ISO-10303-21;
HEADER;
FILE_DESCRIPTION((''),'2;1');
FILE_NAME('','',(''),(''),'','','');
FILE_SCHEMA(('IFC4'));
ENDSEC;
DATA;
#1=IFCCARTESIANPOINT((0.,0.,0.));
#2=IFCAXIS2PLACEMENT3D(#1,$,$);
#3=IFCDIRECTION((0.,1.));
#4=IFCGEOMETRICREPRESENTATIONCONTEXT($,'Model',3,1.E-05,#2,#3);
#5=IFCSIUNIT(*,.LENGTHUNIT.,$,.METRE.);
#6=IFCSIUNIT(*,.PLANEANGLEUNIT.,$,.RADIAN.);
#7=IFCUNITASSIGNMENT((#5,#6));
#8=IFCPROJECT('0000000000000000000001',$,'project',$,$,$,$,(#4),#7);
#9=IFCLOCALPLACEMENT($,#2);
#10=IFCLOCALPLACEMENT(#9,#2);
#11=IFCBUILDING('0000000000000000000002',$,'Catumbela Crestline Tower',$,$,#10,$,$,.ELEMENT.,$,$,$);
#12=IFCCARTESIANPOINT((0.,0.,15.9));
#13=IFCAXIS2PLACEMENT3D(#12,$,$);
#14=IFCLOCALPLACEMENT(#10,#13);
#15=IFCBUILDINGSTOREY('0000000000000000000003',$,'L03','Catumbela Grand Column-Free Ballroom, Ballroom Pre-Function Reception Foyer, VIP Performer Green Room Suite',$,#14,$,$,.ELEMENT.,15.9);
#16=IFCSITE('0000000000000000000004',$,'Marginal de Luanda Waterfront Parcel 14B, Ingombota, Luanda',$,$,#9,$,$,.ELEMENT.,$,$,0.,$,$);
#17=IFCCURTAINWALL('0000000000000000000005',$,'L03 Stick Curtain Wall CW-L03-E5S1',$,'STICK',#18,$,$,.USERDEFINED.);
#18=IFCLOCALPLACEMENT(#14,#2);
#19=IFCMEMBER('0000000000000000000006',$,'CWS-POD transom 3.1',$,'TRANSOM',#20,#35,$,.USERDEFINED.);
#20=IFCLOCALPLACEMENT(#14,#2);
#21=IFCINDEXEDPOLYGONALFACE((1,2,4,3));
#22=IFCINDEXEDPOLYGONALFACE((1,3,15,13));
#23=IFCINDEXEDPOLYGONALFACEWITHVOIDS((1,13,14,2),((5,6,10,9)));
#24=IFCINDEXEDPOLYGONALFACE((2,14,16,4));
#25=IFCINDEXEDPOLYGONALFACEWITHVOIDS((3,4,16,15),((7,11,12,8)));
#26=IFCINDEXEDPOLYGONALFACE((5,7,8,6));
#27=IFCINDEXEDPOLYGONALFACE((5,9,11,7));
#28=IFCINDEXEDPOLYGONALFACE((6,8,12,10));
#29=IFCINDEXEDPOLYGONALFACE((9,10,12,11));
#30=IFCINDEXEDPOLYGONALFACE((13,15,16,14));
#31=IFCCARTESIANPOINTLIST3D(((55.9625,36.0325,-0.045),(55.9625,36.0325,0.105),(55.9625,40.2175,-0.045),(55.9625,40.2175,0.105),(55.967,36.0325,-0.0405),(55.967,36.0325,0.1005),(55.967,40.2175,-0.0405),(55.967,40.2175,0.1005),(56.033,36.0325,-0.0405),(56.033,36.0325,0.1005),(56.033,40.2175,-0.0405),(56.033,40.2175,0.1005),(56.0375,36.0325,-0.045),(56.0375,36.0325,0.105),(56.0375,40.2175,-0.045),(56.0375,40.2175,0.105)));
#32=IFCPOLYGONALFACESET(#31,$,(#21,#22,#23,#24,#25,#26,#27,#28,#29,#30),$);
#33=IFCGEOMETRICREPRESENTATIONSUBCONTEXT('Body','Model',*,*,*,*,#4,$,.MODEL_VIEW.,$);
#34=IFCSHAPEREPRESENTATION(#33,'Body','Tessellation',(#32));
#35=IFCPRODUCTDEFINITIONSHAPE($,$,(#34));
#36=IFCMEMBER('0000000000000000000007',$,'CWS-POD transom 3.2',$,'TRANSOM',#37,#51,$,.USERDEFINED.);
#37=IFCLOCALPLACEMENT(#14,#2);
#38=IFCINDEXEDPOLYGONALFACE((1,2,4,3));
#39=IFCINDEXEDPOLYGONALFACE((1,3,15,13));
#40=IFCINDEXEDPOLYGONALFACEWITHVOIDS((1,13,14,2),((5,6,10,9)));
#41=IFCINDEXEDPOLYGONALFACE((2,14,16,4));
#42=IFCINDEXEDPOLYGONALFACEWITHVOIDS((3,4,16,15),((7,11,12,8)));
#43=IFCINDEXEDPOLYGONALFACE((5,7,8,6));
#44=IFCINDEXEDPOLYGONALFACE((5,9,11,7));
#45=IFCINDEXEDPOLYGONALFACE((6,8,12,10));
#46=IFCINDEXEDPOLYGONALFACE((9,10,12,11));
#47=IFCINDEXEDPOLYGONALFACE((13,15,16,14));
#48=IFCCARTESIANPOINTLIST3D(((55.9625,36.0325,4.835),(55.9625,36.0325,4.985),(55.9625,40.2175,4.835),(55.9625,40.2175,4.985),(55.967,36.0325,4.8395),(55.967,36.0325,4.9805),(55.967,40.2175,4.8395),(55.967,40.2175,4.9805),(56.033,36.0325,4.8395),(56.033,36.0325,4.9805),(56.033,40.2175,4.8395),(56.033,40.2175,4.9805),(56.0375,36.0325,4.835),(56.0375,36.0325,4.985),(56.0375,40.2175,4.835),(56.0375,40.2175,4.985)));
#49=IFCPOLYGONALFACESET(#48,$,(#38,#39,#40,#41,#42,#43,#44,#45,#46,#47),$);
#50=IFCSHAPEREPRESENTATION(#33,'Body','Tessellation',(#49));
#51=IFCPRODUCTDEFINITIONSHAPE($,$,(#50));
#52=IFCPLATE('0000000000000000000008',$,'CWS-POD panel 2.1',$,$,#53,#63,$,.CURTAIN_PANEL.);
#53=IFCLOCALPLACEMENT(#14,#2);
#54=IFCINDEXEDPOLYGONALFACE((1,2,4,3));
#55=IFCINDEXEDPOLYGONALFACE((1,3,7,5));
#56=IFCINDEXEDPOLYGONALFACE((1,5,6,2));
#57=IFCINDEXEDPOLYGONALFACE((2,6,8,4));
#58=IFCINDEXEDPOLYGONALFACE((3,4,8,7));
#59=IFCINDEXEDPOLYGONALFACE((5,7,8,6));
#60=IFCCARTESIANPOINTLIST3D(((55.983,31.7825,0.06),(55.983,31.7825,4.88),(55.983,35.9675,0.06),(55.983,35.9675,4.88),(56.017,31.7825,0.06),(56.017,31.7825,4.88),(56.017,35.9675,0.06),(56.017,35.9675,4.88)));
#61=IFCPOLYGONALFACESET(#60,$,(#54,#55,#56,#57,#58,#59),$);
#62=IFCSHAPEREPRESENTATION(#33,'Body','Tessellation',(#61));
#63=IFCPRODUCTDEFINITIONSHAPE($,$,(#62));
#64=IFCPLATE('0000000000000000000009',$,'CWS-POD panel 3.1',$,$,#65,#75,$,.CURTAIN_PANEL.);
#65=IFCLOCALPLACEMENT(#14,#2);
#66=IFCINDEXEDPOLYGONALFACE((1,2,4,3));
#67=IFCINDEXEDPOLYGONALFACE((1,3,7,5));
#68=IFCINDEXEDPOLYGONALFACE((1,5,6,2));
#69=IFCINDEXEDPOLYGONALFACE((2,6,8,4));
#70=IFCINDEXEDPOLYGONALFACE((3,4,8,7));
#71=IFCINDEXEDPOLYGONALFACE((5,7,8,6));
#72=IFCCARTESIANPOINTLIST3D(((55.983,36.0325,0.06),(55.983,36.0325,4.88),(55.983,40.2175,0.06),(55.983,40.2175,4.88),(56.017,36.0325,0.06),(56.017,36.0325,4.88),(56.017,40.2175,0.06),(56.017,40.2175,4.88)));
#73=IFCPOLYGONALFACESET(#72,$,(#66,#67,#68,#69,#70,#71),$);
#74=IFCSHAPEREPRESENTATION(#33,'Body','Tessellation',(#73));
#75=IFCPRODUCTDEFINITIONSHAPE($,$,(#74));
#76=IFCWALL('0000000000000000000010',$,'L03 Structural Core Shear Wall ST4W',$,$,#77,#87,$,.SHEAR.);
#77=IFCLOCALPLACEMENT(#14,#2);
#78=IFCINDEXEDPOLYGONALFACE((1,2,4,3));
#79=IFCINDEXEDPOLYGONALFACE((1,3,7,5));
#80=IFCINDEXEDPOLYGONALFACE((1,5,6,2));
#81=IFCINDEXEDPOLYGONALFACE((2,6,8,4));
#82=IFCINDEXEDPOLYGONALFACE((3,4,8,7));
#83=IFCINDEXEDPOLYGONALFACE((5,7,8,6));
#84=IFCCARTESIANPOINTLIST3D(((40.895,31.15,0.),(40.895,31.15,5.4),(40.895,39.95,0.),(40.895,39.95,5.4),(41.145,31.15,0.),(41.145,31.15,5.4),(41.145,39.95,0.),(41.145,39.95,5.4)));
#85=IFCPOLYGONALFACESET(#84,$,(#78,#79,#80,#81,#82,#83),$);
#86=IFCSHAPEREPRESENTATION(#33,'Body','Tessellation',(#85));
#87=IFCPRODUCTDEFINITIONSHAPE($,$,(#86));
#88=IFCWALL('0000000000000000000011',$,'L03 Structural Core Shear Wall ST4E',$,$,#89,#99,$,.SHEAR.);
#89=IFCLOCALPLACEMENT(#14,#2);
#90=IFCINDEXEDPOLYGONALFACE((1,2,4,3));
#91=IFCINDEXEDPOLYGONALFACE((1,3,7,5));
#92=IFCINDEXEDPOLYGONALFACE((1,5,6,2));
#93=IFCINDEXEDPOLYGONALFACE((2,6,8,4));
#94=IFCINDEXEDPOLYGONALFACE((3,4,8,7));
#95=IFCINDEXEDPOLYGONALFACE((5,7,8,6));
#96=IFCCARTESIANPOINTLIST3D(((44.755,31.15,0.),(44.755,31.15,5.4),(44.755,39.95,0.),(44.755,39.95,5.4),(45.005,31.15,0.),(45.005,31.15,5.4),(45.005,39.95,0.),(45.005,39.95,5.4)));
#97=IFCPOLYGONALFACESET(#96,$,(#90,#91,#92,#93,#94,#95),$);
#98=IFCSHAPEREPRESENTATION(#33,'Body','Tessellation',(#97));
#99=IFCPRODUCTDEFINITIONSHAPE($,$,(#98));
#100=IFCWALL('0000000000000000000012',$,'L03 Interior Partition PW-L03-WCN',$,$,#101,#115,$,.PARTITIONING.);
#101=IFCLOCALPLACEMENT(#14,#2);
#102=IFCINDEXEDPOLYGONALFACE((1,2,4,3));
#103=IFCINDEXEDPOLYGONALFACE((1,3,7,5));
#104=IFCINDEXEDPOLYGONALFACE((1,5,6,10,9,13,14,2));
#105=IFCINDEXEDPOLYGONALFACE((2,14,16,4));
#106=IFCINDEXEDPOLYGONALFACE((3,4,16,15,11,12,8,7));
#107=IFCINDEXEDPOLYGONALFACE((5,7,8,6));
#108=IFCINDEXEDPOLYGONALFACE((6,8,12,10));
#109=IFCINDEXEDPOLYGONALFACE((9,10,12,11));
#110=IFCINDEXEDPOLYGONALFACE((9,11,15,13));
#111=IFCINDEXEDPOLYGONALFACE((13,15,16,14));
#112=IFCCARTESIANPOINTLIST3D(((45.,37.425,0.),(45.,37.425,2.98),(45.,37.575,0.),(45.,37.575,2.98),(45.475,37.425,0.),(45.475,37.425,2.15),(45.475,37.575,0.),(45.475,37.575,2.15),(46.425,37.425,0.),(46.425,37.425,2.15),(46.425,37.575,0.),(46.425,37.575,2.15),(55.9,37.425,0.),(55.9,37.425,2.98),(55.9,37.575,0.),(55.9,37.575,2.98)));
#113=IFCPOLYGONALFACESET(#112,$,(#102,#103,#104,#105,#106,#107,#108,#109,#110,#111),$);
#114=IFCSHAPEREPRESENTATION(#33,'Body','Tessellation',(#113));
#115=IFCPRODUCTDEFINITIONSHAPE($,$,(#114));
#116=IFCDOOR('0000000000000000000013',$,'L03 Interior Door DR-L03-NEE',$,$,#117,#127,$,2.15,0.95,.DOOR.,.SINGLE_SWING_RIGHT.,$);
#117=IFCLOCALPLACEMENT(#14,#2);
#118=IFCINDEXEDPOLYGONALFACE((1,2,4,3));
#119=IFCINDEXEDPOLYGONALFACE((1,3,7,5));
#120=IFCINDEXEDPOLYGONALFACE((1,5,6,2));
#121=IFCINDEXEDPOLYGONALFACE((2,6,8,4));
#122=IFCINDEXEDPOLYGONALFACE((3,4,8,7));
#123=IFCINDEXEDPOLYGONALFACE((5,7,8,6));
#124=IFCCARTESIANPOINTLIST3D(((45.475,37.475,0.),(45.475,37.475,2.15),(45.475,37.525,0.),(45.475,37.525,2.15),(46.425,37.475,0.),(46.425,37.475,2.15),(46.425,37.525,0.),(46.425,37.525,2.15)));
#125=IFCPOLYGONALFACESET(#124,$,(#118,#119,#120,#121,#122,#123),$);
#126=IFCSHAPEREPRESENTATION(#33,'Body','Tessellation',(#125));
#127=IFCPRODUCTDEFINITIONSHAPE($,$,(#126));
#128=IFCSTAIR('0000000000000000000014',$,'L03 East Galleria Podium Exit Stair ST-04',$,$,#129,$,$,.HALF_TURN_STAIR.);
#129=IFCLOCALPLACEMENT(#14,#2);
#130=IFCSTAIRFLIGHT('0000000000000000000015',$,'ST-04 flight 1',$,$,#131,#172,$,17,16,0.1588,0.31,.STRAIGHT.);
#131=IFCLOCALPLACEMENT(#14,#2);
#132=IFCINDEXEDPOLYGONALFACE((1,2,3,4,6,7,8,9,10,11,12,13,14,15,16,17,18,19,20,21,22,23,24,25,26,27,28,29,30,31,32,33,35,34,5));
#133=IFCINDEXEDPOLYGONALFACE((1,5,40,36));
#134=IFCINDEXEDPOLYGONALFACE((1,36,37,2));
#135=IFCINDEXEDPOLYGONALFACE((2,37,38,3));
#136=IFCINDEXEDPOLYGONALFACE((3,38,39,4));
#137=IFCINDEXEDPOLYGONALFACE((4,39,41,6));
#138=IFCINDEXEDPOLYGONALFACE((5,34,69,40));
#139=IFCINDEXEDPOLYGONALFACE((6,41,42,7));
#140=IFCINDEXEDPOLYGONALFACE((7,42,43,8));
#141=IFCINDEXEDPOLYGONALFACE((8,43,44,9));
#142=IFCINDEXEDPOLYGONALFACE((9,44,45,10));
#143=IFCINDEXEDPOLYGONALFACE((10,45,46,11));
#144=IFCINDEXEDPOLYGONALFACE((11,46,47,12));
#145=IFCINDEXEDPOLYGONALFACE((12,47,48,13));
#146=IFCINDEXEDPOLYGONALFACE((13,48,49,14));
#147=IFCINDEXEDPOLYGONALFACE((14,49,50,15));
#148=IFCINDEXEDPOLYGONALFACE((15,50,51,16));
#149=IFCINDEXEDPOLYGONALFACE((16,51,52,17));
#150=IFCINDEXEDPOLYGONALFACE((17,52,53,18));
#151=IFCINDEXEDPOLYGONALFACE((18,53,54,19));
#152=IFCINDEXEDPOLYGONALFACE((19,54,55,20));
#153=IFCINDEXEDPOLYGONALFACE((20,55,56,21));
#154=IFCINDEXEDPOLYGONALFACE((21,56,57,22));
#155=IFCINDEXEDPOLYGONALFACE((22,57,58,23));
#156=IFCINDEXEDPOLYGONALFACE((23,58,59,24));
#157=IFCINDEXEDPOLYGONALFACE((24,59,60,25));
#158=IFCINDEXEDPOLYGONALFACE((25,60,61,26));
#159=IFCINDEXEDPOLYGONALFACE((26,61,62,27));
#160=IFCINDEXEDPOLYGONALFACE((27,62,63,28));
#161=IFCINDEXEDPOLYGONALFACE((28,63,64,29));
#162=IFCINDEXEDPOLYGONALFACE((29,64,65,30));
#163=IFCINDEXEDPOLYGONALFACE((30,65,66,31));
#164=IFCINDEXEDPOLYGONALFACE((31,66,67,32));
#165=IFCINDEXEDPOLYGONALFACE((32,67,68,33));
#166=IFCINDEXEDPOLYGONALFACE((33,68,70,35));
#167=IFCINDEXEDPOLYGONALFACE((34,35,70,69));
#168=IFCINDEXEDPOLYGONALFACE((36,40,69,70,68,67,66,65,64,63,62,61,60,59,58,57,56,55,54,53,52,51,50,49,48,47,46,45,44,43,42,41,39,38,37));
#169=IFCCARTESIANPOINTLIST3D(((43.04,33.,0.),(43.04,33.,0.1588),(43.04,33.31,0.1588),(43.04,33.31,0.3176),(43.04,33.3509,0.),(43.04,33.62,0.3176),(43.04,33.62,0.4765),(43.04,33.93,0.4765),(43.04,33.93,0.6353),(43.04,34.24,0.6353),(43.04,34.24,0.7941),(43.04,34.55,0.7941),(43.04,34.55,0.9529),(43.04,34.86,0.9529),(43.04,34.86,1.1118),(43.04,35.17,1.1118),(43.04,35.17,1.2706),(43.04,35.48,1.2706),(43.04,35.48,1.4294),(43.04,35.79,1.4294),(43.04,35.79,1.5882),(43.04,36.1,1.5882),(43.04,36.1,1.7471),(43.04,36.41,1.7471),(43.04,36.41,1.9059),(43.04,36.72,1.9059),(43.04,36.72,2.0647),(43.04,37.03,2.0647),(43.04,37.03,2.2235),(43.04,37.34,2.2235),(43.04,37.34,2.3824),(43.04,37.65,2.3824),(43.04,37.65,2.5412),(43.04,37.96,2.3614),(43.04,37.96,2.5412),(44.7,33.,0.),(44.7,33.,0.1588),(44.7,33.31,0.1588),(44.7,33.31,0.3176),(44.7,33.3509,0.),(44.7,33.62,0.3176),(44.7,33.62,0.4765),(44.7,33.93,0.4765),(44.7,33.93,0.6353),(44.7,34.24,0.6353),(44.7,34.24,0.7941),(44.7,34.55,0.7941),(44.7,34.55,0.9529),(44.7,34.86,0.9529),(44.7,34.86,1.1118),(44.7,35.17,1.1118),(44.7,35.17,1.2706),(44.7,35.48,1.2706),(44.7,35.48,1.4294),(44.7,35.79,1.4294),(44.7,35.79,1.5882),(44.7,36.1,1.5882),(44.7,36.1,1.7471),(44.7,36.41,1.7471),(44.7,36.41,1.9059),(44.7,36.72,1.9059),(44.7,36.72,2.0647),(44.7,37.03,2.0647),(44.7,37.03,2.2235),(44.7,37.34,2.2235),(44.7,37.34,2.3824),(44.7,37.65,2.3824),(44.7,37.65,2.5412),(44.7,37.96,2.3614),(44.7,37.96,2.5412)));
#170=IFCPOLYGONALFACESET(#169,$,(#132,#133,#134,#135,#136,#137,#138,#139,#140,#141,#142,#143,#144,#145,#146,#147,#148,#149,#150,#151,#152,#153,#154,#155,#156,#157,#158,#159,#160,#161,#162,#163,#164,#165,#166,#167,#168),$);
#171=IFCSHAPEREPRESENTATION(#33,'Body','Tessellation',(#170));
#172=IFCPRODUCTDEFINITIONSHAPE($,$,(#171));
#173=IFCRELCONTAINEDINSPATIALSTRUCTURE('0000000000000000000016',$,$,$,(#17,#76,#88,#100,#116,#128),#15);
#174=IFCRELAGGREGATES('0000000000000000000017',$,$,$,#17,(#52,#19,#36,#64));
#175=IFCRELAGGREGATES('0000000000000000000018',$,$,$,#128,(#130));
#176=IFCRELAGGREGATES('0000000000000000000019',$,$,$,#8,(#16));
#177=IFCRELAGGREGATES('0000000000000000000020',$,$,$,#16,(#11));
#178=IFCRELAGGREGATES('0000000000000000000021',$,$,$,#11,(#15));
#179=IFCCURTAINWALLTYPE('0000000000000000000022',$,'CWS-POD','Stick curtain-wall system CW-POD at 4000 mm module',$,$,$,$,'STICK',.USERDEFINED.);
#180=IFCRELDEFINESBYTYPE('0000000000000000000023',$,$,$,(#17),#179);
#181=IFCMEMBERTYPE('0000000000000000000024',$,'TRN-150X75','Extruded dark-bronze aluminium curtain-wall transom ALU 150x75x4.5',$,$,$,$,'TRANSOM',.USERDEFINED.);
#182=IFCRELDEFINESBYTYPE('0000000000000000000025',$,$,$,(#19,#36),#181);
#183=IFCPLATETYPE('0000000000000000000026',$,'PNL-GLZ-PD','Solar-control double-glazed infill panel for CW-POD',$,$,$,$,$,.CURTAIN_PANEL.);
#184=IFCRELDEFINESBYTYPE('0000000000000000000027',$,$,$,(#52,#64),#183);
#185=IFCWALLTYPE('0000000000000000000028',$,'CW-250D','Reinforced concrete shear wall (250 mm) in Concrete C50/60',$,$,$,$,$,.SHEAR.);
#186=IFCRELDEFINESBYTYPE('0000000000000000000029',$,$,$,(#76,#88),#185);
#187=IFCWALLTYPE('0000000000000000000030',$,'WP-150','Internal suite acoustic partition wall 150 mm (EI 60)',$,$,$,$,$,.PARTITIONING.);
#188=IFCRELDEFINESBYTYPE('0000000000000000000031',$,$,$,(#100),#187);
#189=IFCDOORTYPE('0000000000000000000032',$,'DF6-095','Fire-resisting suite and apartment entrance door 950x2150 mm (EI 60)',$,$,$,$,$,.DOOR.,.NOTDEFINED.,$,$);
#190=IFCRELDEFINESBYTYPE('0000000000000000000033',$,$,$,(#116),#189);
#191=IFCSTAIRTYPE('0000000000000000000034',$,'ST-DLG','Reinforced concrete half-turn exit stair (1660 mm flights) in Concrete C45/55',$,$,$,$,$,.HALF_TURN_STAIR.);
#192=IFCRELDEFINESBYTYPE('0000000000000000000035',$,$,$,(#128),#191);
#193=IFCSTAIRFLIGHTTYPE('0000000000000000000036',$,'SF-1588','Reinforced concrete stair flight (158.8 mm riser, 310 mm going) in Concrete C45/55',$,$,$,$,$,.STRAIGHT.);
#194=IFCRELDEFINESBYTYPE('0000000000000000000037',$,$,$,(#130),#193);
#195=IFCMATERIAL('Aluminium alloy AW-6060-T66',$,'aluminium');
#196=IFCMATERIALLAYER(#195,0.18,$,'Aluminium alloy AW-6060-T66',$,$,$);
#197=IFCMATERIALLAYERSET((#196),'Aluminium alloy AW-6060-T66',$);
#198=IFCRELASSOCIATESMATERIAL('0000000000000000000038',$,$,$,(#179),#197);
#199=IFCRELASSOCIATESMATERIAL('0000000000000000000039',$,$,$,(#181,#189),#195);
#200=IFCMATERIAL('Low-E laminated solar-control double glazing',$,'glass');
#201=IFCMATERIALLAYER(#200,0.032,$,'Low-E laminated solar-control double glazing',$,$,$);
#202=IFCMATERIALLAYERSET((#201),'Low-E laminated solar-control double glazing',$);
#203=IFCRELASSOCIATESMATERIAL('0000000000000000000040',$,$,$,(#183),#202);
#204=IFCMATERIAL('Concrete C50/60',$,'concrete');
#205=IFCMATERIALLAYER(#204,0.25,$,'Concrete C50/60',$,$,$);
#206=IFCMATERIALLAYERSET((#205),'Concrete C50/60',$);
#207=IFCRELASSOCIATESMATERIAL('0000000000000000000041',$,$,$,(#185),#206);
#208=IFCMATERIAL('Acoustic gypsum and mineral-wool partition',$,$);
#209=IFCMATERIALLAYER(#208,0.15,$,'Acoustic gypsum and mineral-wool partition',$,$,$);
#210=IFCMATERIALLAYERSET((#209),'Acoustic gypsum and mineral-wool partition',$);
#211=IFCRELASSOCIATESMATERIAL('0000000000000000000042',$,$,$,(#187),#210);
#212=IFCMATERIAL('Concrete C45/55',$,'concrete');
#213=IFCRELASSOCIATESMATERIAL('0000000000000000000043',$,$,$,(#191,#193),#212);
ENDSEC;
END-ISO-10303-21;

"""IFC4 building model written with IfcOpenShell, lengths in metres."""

from ifc_helpers import new_model, si_unit, direction, frame, frame_2d, origin, origin_2d, place, context, subcontext, project, spatial, polyline, rectangle, hollow_rectangle, outline, extrude, material, layer, layer_set, material_profile, profile_set, type_object, element, fill, aggregate, save


model = new_model("IFC4")

# Units and contexts
model_context = context("Model", 3, precision=1e-05, world=origin(), true_north=direction((0.0, 1.0)))
body_context = subcontext(model_context, "Body", "Model", "MODEL_VIEW")
ifc_project = project(units=[si_unit("LENGTHUNIT", "METRE"), si_unit("PLANEANGLEUNIT", "RADIAN")], contexts=[model_context])

# Site, building, storey
site_placement = place(None, origin())
site = spatial("IfcSite", under=ifc_project, at=site_placement, Name="Marginal de Luanda Waterfront Parcel 14B, Ingombota, Luanda", CompositionType="ELEMENT", RefElevation=0.0)
building_placement = place(site_placement, origin())
building = spatial("IfcBuilding", under=site, at=building_placement, Name="Catumbela Crestline Tower", CompositionType="ELEMENT")
storey_placement = place(building_placement, frame((0.0, 0.0, 15.9)))
storey = spatial("IfcBuildingStorey", under=building, at=storey_placement, Name="L03", Description="Catumbela Grand Column-Free Ballroom, Ballroom Pre-Function Reception Foyer, VIP Performer Green Room Suite", CompositionType="ELEMENT", Elevation=15.9)

# Curtain wall, members, plates
ifc_material_1 = material(Name="Aluminium alloy AW-6060-T66", Category="aluminium")
ifc_layer_1 = layer(ifc_material_1, 0.18, Name="Aluminium alloy AW-6060-T66")
ifc_layer_set_1 = layer_set([ifc_layer_1], Name="Aluminium alloy AW-6060-T66")
curtain_wall_type = type_object("IfcCurtainWallType", Name="CWS-POD", Description="Stick curtain-wall system CW-POD at 4000 mm module", ElementType="STICK", PredefinedType="USERDEFINED", material=ifc_layer_set_1)
curtain_wall_placement = place(storey_placement, origin())
curtain_wall = element("IfcCurtainWall", 1, at=curtain_wall_placement, inside=storey, type_object=curtain_wall_type, Name="L03 Stick Curtain Wall CW-L03-E5S1", ObjectType="STICK", PredefinedType="USERDEFINED")
ifc_material_profile_1 = material_profile(ifc_material_1, hollow_rectangle(XDim=0.075, YDim=0.15, WallThickness=0.0045, at=origin_2d()), Name="ALU 150x75x4.5")
ifc_profile_set_1 = profile_set([ifc_material_profile_1], Name="Aluminium alloy AW-6060-T66")
member_type_1 = type_object("IfcMemberType", Name="TRN-150X75", Description="Extruded dark-bronze aluminium curtain-wall transom ALU 150x75x4.5", ElementType="TRANSOM", PredefinedType="USERDEFINED", material=ifc_profile_set_1)
member_1_placement = place(storey_placement, frame((56.0, 36.0325, 0.03), z_axis=(0.0, 1.0, 0.0), x_axis=(-1.0, 0.0, 0.0)))
member_1 = element("IfcMember", 2, at=member_1_placement, type_object=member_type_1, Name="CWS-POD transom 3.1", ObjectType="TRANSOM", PredefinedType="USERDEFINED", context=body_context, shape_type="SweptSolid", body=[
    extrude(hollow_rectangle(XDim=0.075, YDim=0.15, WallThickness=0.0045, at=origin_2d()), origin(), (0.0, 0.0, 1.0), 4.185),
])
member_2_placement = place(storey_placement, frame((56.0, 36.0325, 4.91), z_axis=(0.0, 1.0, 0.0), x_axis=(-1.0, 0.0, 0.0)))
member_2 = element("IfcMember", 3, at=member_2_placement, type_object=member_type_1, Name="CWS-POD transom 3.2", ObjectType="TRANSOM", PredefinedType="USERDEFINED", context=body_context, shape_type="SweptSolid", body=[
    extrude(hollow_rectangle(XDim=0.075, YDim=0.15, WallThickness=0.0045, at=origin_2d()), origin(), (0.0, 0.0, 1.0), 4.185),
])
ifc_material_2 = material(Name="Low-E laminated solar-control double glazing", Category="glass")
ifc_layer_2 = layer(ifc_material_2, 0.032, Name="Low-E laminated solar-control double glazing")
ifc_layer_set_2 = layer_set([ifc_layer_2], Name="Low-E laminated solar-control double glazing")
plate_type = type_object("IfcPlateType", Name="PNL-GLZ-PD", Description="Solar-control double-glazed infill panel for CW-POD", PredefinedType="CURTAIN_PANEL", material=ifc_layer_set_2)
plate_1_placement = place(storey_placement, frame((56.0, 33.875, 0.06), z_axis=(0.0, 0.0, 1.0), x_axis=(0.0, 1.0, 0.0)))
plate_1 = element("IfcPlate", 4, at=plate_1_placement, type_object=plate_type, Name="CWS-POD panel 2.1", PredefinedType="CURTAIN_PANEL", context=body_context, shape_type="SweptSolid", body=[
    extrude(rectangle(XDim=4.185, YDim=0.034, at=origin_2d()), origin(), (0.0, 0.0, 1.0), 4.82),
])
plate_2_placement = place(storey_placement, frame((56.0, 38.125, 0.06), z_axis=(0.0, 0.0, 1.0), x_axis=(0.0, 1.0, 0.0)))
plate_2 = element("IfcPlate", 5, at=plate_2_placement, type_object=plate_type, Name="CWS-POD panel 3.1", PredefinedType="CURTAIN_PANEL", context=body_context, shape_type="SweptSolid", body=[
    extrude(rectangle(XDim=4.185, YDim=0.034, at=origin_2d()), origin(), (0.0, 0.0, 1.0), 4.82),
])
aggregate(curtain_wall, [plate_1, member_1, member_2, plate_2])

# Walls
ifc_material_3 = material(Name="Concrete C50/60", Category="concrete")
ifc_layer_3 = layer(ifc_material_3, 0.25, Name="Concrete C50/60")
ifc_layer_set_3 = layer_set([ifc_layer_3], Name="Concrete C50/60")
wall_type_1 = type_object("IfcWallType", Name="CW-250D", Description="Reinforced concrete shear wall (250 mm) in Concrete C50/60", PredefinedType="SHEAR", material=ifc_layer_set_3)
for number, where, z_axis, x_axis, name in (
    (6, (41.02, 31.15, 0.0), (0.0, 0.0, 1.0), (0.0, 1.0, 0.0), "L03 Structural Core Shear Wall ST4W"),
    (7, (44.88, 31.15, 0.0), (0.0, 0.0, 1.0), (0.0, 1.0, 0.0), "L03 Structural Core Shear Wall ST4E"),
):
    element("IfcWall", number, at=place(storey_placement, frame(where, z_axis=z_axis, x_axis=x_axis)), inside=storey, type_object=wall_type_1, Name=name, PredefinedType="SHEAR", context=body_context, shape_type="SweptSolid", body=[
        extrude(rectangle(XDim=8.8, YDim=0.25, at=frame_2d((4.4, 0.0))), origin(), (0.0, 0.0, 1.0), 5.4),
    ])

# Wall, opening, door
ifc_material_4 = material(Name="Acoustic gypsum and mineral-wool partition")
ifc_layer_4 = layer(ifc_material_4, 0.15, Name="Acoustic gypsum and mineral-wool partition")
ifc_layer_set_4 = layer_set([ifc_layer_4], Name="Acoustic gypsum and mineral-wool partition")
wall_type_2 = type_object("IfcWallType", Name="WP-150", Description="Internal suite acoustic partition wall 150 mm (EI 60)", PredefinedType="PARTITIONING", material=ifc_layer_set_4)
wall_placement = place(storey_placement, frame((45.0, 37.5, 0.0), z_axis=(0.0, 0.0, 1.0), x_axis=(1.0, 0.0, 0.0)))
wall = element("IfcWall", 8, at=wall_placement, inside=storey, type_object=wall_type_2, Name="L03 Interior Partition PW-L03-WCN", PredefinedType="PARTITIONING", context=body_context, shape_type="SweptSolid", body=[
    extrude(rectangle(XDim=10.9, YDim=0.15, at=frame_2d((5.45, 0.0))), origin(), (0.0, 0.0, 1.0), 2.98),
])
opening_placement = place(wall_placement, frame((0.475, 0.0, 0.0)))
opening = element("IfcOpeningElement", 9, at=opening_placement, cuts=wall, PredefinedType="OPENING", context=body_context, shape_type="SweptSolid", body=[
    extrude(rectangle(XDim=0.95, YDim=2.15, at=frame_2d((0.475, 1.075))), frame((0.0, 0.085, 0.0), z_axis=(0.0, -1.0, 0.0), x_axis=(1.0, 0.0, 0.0)), (0.0, 0.0, 1.0), 0.17),
])
door_type = type_object("IfcDoorType", Name="DF6-095", Description="Fire-resisting suite and apartment entrance door 950x2150 mm (EI 60)", OperationType="NOTDEFINED", PredefinedType="DOOR", material=ifc_material_1)
door_placement = place(opening_placement, origin())
door = element("IfcDoor", 10, at=door_placement, inside=storey, type_object=door_type, Name="L03 Interior Door DR-L03-NEE", OperationType="SINGLE_SWING_RIGHT", OverallHeight=2.15, OverallWidth=0.95, PredefinedType="DOOR", context=body_context, shape_type="SweptSolid", body=[
    extrude(rectangle(XDim=0.95, YDim=2.15, at=frame_2d((0.475, 1.075))), frame((0.0, 0.025, 0.0), z_axis=(0.0, -1.0, 0.0), x_axis=(1.0, 0.0, 0.0)), (0.0, 0.0, 1.0), 0.05),
])
fill(opening, door)

# Stair, stair flight
ifc_material_5 = material(Name="Concrete C45/55", Category="concrete")
stair_type = type_object("IfcStairType", Name="ST-DLG", Description="Reinforced concrete half-turn exit stair (1660 mm flights) in Concrete C45/55", PredefinedType="HALF_TURN_STAIR", material=ifc_material_5)
stair_placement = place(storey_placement, origin())
stair = element("IfcStair", 11, at=stair_placement, inside=storey, type_object=stair_type, Name="L03 East Galleria Podium Exit Stair ST-04", PredefinedType="HALF_TURN_STAIR")
stair_flight_type = type_object("IfcStairFlightType", Name="SF-1588", Description="Reinforced concrete stair flight (158.8 mm riser, 310 mm going) in Concrete C45/55", PredefinedType="STRAIGHT", material=ifc_material_5)
stair_flight_1_placement = place(storey_placement, frame((43.87, 33.0, 0.0), z_axis=(0.0, 0.0, 1.0), x_axis=(0.0, 1.0, 0.0)))
stair_flight_1 = element("IfcStairFlight", 12, at=stair_flight_1_placement, type_object=stair_flight_type, Name="ST-04 flight 1", NumberOfRisers=17, NumberOfTreads=16, PredefinedType="STRAIGHT", RiserHeight=0.1588, TreadLength=0.31, context=body_context, shape_type="SweptSolid", body=[
    extrude(outline(polyline([(0.0, 0.0), (0.0, 0.1588), (0.31, 0.1588), (0.31, 0.3176), (0.62, 0.3176), (0.62, 0.4765), (0.93, 0.4765), (0.93, 0.6353), (1.24, 0.6353), (1.24, 0.7941), (1.55, 0.7941), (1.55, 0.9529), (1.86, 0.9529), (1.86, 1.1118), (2.17, 1.1118), (2.17, 1.2706), (2.48, 1.2706), (2.48, 1.4294), (2.79, 1.4294), (2.79, 1.5882), (3.1, 1.5882), (3.1, 1.7471), (3.41, 1.7471), (3.41, 1.9059), (3.72, 1.9059), (3.72, 2.0647), (4.03, 2.0647), (4.03, 2.2235), (4.34, 2.2235), (4.34, 2.3824), (4.65, 2.3824), (4.65, 2.5412), (4.96, 2.5412), (4.96, 2.7), (4.96, 2.3614), (0.3509, 0.0), (0.0, 0.0)])), frame((0.0, 0.83, 0.0), z_axis=(0.0, -1.0, 0.0), x_axis=(1.0, 0.0, 0.0)), (0.0, 0.0, 1.0), 1.66),
])
aggregate(stair, [stair_flight_1])

save(model, "model.ifc")
